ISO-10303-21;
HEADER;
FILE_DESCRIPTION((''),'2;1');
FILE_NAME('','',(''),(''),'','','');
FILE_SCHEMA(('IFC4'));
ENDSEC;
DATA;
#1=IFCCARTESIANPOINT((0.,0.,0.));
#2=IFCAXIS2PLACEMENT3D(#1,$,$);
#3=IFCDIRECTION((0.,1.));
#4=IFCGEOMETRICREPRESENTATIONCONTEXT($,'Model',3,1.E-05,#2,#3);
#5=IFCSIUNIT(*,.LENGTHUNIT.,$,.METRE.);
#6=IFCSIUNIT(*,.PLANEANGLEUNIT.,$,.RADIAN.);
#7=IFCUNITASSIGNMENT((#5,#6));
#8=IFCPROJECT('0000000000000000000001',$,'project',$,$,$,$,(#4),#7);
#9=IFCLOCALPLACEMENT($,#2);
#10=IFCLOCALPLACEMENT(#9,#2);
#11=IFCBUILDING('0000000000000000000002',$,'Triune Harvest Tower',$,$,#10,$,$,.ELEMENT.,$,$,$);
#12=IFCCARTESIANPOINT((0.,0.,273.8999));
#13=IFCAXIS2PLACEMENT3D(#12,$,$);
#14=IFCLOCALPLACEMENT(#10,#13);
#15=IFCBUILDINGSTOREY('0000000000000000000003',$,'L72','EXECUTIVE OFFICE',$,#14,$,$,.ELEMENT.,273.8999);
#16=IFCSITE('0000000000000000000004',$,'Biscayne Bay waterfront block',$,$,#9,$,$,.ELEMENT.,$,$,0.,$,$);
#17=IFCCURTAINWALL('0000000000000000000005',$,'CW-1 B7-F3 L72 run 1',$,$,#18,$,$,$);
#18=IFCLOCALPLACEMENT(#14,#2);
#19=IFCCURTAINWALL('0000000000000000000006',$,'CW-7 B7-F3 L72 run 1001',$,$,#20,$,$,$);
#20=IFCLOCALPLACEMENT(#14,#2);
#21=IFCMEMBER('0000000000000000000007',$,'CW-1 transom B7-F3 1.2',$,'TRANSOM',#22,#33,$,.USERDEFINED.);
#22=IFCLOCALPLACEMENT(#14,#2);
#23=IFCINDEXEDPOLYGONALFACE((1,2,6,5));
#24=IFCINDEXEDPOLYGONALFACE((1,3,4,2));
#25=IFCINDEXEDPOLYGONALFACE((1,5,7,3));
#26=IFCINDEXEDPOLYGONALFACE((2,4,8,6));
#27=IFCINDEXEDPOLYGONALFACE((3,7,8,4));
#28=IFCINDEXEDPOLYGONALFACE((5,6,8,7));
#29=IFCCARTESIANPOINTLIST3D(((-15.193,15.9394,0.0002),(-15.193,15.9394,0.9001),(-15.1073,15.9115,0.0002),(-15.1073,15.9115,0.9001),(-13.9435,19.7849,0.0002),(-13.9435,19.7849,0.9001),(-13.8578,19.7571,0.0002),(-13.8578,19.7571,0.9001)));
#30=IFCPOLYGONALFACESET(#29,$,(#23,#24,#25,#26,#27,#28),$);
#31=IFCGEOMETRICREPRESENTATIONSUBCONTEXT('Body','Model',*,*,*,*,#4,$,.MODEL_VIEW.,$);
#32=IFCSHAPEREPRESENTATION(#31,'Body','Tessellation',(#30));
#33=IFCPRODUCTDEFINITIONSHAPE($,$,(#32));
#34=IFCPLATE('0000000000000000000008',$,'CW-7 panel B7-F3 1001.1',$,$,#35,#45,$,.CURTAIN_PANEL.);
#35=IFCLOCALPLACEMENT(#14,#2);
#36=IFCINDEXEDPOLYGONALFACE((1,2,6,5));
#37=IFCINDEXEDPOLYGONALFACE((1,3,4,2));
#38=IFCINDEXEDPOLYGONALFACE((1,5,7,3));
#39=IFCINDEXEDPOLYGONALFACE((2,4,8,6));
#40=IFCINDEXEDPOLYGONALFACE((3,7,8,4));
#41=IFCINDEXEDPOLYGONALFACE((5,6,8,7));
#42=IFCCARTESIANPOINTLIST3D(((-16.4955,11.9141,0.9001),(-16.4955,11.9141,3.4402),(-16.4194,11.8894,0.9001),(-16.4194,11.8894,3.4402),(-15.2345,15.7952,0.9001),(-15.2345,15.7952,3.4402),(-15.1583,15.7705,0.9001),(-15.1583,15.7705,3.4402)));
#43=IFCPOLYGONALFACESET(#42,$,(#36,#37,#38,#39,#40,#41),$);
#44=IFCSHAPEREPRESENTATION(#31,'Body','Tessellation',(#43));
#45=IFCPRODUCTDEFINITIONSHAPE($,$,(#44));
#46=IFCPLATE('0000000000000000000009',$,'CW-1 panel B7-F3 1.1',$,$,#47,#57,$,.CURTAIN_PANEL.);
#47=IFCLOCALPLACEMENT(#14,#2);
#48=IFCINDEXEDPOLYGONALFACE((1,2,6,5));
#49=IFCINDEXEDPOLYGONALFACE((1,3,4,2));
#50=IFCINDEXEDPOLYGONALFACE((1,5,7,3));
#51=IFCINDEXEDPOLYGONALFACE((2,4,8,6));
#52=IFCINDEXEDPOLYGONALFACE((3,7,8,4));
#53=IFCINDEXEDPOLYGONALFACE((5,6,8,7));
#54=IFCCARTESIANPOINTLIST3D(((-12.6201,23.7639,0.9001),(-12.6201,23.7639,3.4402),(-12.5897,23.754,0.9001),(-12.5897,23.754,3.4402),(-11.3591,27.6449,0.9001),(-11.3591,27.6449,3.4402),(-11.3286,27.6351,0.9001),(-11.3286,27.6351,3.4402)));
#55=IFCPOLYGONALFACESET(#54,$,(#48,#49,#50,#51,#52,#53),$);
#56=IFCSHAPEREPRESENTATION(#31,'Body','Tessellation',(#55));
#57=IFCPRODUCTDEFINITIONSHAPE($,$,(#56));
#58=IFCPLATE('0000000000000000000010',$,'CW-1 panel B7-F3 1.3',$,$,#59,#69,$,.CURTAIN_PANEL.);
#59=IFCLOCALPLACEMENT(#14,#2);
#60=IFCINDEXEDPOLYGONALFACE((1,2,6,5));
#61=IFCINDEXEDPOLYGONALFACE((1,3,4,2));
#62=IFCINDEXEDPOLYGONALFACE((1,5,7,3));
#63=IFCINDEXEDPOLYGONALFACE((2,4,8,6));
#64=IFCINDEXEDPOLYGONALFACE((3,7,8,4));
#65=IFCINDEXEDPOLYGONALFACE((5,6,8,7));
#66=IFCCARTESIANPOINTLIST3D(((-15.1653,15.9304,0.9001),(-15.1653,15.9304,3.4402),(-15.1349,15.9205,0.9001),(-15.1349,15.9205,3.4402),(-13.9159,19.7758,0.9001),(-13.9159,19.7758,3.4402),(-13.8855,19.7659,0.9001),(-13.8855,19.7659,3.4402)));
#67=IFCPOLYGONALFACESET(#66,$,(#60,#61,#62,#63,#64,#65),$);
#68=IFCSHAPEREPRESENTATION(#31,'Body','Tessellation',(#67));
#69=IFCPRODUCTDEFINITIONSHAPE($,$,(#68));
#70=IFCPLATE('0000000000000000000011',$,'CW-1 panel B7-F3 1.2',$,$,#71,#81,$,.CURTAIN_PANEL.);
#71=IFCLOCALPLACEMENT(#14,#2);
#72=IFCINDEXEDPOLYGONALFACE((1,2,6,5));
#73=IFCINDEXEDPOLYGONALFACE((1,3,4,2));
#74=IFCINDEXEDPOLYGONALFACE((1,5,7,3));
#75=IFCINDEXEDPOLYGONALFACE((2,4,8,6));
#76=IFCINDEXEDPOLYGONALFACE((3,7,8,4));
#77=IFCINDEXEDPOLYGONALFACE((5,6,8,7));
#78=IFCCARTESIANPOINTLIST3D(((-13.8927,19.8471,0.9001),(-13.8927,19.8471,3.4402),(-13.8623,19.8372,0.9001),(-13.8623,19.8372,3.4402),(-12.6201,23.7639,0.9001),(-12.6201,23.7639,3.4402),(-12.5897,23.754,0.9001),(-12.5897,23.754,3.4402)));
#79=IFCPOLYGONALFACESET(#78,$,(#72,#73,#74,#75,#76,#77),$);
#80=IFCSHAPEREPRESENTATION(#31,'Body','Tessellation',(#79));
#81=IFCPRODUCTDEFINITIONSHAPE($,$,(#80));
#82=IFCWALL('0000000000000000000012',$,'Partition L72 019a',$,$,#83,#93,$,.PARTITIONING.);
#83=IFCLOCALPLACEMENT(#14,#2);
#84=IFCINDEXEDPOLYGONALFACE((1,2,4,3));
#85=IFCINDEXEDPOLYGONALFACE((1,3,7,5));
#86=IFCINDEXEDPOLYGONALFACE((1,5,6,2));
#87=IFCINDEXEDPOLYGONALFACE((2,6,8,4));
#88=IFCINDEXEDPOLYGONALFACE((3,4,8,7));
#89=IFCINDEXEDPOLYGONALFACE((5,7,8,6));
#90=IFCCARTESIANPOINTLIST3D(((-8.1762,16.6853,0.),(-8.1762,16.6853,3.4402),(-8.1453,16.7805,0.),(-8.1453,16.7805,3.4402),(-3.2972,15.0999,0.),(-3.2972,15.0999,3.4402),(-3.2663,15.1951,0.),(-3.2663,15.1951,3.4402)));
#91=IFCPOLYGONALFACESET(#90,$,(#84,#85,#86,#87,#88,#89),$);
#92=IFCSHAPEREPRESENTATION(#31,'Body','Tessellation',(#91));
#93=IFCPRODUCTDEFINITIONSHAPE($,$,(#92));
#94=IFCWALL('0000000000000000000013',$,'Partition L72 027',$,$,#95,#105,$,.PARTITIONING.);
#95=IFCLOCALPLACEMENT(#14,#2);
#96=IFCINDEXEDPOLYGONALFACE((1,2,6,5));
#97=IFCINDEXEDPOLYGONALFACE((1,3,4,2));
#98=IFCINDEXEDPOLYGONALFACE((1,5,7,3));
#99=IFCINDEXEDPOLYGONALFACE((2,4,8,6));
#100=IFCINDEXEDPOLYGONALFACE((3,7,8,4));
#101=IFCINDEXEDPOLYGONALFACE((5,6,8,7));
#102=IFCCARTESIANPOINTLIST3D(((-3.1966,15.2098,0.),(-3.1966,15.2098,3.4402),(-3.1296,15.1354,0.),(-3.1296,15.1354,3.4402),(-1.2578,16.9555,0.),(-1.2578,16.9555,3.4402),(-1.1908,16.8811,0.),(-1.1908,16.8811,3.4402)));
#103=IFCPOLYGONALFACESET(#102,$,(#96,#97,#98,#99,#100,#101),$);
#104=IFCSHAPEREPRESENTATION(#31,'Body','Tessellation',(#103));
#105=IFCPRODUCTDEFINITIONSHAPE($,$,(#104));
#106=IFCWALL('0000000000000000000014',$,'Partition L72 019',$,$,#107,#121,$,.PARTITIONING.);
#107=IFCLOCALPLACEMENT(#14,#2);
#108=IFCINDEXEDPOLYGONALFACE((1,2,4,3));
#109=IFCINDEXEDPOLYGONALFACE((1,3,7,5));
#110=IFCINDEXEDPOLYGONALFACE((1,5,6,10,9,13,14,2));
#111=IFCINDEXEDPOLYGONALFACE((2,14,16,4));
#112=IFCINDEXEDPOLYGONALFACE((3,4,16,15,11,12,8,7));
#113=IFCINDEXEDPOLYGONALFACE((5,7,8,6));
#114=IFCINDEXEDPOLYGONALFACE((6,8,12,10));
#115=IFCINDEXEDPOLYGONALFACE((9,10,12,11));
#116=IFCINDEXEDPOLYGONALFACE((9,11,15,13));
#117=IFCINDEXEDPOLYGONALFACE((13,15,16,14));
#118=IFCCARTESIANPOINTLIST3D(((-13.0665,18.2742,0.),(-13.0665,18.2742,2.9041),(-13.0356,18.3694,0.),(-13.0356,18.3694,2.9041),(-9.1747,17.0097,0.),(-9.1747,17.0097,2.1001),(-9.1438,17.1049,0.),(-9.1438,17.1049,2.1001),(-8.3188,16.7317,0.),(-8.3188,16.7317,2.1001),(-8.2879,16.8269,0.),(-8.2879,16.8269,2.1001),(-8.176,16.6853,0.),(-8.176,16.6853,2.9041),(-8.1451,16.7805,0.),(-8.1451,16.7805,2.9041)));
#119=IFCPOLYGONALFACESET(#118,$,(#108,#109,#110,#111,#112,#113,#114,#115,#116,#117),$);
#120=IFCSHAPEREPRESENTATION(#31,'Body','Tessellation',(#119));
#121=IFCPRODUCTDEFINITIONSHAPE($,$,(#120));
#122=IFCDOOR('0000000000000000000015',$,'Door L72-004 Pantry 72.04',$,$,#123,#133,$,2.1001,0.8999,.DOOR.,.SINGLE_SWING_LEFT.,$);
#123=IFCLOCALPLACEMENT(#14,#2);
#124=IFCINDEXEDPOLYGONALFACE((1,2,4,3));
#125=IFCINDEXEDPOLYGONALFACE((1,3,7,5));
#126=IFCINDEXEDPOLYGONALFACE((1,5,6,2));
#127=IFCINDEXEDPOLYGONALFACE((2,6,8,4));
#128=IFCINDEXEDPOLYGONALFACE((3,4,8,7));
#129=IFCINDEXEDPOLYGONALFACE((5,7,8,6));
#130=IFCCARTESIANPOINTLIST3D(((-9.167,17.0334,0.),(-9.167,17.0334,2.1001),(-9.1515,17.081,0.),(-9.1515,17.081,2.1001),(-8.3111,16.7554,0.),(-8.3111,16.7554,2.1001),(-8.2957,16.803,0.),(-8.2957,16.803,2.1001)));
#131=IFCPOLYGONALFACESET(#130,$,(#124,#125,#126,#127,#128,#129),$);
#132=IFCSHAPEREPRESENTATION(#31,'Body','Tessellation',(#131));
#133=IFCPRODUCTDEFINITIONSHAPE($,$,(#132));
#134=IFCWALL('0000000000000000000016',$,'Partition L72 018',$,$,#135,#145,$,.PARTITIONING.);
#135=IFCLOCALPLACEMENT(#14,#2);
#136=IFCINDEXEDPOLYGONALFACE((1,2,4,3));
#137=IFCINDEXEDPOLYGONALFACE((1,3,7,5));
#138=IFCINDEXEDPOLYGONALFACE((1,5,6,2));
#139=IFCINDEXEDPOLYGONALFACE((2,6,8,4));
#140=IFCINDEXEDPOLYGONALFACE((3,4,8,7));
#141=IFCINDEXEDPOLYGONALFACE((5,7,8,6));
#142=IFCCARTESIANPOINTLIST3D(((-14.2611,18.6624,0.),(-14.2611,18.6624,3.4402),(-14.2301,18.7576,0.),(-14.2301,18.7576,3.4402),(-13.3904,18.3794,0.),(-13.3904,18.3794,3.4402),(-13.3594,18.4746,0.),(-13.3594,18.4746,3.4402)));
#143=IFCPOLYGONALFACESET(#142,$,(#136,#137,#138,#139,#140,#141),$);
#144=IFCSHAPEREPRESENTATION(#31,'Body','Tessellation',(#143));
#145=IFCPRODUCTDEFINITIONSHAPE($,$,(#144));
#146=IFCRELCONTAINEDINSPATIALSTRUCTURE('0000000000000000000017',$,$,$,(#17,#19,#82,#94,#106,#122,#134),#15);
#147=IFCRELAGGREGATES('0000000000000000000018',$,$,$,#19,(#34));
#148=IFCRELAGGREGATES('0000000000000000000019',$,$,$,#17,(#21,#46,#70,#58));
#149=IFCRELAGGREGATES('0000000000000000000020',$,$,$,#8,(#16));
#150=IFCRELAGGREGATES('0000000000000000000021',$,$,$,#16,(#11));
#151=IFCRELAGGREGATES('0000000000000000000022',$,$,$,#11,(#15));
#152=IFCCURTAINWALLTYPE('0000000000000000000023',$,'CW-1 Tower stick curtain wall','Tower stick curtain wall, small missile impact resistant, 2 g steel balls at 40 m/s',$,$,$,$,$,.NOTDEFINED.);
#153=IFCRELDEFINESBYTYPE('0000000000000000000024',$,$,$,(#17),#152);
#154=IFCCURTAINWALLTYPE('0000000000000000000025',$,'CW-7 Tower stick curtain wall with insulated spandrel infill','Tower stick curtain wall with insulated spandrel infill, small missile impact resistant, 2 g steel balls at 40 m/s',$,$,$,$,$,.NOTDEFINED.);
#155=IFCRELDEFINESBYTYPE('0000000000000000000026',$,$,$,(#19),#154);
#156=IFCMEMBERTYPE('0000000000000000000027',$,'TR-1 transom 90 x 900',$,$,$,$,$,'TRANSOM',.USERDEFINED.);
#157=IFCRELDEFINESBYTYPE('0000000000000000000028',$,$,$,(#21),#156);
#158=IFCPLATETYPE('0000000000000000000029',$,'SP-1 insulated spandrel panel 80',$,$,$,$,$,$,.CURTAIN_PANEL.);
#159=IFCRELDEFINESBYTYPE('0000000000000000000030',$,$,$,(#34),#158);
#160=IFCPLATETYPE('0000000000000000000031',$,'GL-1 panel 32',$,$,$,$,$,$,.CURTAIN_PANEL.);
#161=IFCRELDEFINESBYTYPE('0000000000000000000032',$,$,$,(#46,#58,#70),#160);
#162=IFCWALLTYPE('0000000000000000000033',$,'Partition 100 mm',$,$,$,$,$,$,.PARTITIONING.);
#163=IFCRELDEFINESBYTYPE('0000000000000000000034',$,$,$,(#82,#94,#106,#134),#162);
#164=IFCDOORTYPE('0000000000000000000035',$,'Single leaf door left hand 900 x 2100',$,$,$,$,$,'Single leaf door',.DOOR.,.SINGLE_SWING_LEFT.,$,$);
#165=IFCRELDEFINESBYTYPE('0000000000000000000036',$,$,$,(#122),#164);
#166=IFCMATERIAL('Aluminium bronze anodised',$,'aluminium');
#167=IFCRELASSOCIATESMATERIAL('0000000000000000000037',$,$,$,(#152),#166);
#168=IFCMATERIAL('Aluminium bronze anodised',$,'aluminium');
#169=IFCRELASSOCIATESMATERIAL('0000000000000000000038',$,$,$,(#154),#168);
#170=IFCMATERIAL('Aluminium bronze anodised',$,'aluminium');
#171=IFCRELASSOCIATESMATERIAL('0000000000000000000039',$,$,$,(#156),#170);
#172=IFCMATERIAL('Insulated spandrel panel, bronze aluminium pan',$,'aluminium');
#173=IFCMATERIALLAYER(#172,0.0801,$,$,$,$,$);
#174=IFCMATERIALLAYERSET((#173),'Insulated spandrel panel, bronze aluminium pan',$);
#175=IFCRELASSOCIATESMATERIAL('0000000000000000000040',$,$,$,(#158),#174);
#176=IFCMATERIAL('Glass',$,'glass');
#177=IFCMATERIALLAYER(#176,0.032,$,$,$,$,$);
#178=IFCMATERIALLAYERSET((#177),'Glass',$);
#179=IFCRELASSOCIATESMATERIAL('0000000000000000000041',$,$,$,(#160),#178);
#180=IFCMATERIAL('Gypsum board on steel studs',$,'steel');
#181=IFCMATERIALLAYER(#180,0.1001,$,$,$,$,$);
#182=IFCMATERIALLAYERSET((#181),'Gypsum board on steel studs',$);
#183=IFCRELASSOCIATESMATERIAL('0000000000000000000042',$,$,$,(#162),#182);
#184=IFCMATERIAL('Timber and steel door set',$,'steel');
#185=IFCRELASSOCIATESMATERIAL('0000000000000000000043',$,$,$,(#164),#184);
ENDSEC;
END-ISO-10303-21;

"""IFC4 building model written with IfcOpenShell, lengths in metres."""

from ifc_helpers import new_model, si_unit, direction, frame, frame_2d, origin, origin_2d, place, context, subcontext, project, spatial, rectangle, extrude, source, transform, mapped, material, layer, layer_set, material_profile, profile_set, type_object, element, fill, aggregate, save


model = new_model("IFC4")

# Units and contexts
model_context = context("Model", 3, precision=1e-05, world=origin(), true_north=direction((0.0, 1.0)))
body_context = subcontext(model_context, "Body", "Model", "MODEL_VIEW")
ifc_project = project(units=[si_unit("LENGTHUNIT", "METRE"), si_unit("PLANEANGLEUNIT", "RADIAN")], contexts=[model_context])

# Site, building, storey
site_placement = place(None, origin())
site = spatial("IfcSite", under=ifc_project, at=site_placement, Name="Biscayne Bay waterfront block", CompositionType="ELEMENT", RefElevation=0.0)
building_placement = place(site_placement, origin())
building = spatial("IfcBuilding", under=site, at=building_placement, Name="Triune Harvest Tower", CompositionType="ELEMENT")
storey_placement = place(building_placement, frame((0.0, 0.0, 273.8999)))
storey = spatial("IfcBuildingStorey", under=building, at=storey_placement, Name="L72", Description="EXECUTIVE OFFICE", CompositionType="ELEMENT", Elevation=273.8999)

# Curtain walls
ifc_material_1 = material(Name="Aluminium bronze anodised", Category="aluminium")
curtain_wall_type_1 = type_object("IfcCurtainWallType", Name="CW-1 Tower stick curtain wall", Description="Tower stick curtain wall, small missile impact resistant, 2 g steel balls at 40 m/s", PredefinedType="NOTDEFINED", material=ifc_material_1)
curtain_wall_1_placement = place(storey_placement, origin())
curtain_wall_1 = element("IfcCurtainWall", 1, at=curtain_wall_1_placement, inside=storey, type_object=curtain_wall_type_1, Name="CW-1 B7-F3 L72 run 1")
ifc_material_2 = material(Name="Aluminium bronze anodised", Category="aluminium")
curtain_wall_type_2 = type_object("IfcCurtainWallType", Name="CW-7 Tower stick curtain wall with insulated spandrel infill", Description="Tower stick curtain wall with insulated spandrel infill, small missile impact resistant, 2 g steel balls at 40 m/s", PredefinedType="NOTDEFINED", material=ifc_material_2)
curtain_wall_2_placement = place(storey_placement, origin())
curtain_wall_2 = element("IfcCurtainWall", 2, at=curtain_wall_2_placement, inside=storey, type_object=curtain_wall_type_2, Name="CW-7 B7-F3 L72 run 1001")
ifc_material_3 = material(Name="Aluminium bronze anodised", Category="aluminium")
ifc_material_profile_1 = material_profile(ifc_material_3, rectangle(XDim=0.0901, YDim=0.8999, at=origin_2d()), Name="TR-1 transom 90 x 900")
ifc_profile_set_1 = profile_set([ifc_material_profile_1], Name="Aluminium bronze anodised")
member_type_1 = type_object("IfcMemberType", Name="TR-1 transom 90 x 900", ElementType="TRANSOM", PredefinedType="USERDEFINED", material=ifc_profile_set_1)

# Member
shared_shape_1 = source(origin(), body_context, "Body", "SweptSolid", [
    extrude(rectangle(XDim=0.0901, YDim=0.8999, at=origin_2d()), origin(), (0.0, 0.0, 1.0), 4.0435),
])
member_1_placement = place(storey_placement, frame((-13.9006, 19.771, 0.4502), z_axis=(-0.309027, -0.951053, 0.0), x_axis=(0.951053, -0.309027, 0.0)))
member_1 = element("IfcMember", 3, at=member_1_placement, type_object=member_type_1, Name="CW-1 transom B7-F3 1.2", ObjectType="TRANSOM", PredefinedType="USERDEFINED", context=body_context, shape_type="MappedRepresentation", body=[
    mapped(shared_shape_1, transform((0.0, 0.0, 0.0), scale=1.0)),
])

# Plates
ifc_material_4 = material(Name="Insulated spandrel panel, bronze aluminium pan", Category="aluminium")
ifc_layer_1 = layer(ifc_material_4, 0.0801)
ifc_layer_set_1 = layer_set([ifc_layer_1], Name="Insulated spandrel panel, bronze aluminium pan")
plate_type_1 = type_object("IfcPlateType", Name="SP-1 insulated spandrel panel 80", PredefinedType="CURTAIN_PANEL", material=ifc_layer_set_1)
shared_shape_2 = source(origin(), body_context, "Body", "SweptSolid", [
    extrude(rectangle(XDim=4.0808, YDim=0.0801, at=origin_2d()), origin(), (0.0, 0.0, 1.0), 2.54),
])
plate_1_placement = place(storey_placement, frame((-15.8269, 13.8423, 0.9001), z_axis=(0.0, 0.0, 1.0), x_axis=(-0.30902, -0.951056, 0.0)))
plate_1 = element("IfcPlate", 4, at=plate_1_placement, type_object=plate_type_1, Name="CW-7 panel B7-F3 1001.1", PredefinedType="CURTAIN_PANEL", context=body_context, shape_type="MappedRepresentation", body=[
    mapped(shared_shape_2, transform((0.0, 0.0, 0.0), scale=1.0)),
])
aggregate(curtain_wall_2, [plate_1])
ifc_material_5 = material(Name="Glass", Category="glass")
ifc_layer_2 = layer(ifc_material_5, 0.032)
ifc_layer_set_2 = layer_set([ifc_layer_2], Name="Glass")
plate_type_2 = type_object("IfcPlateType", Name="GL-1 panel 32", PredefinedType="CURTAIN_PANEL", material=ifc_layer_set_2)
shared_shape_3 = source(origin(), body_context, "Body", "SweptSolid", [
    extrude(rectangle(XDim=4.0808, YDim=0.032, at=origin_2d()), origin(), (0.0, 0.0, 1.0), 2.54),
])
plate_2_placement = place(storey_placement, frame((-11.9744, 25.6995, 0.9001), z_axis=(0.0, 0.0, 1.0), x_axis=(-0.309013, -0.951058, 0.0)))
plate_2 = element("IfcPlate", 5, at=plate_2_placement, type_object=plate_type_2, Name="CW-1 panel B7-F3 1.1", PredefinedType="CURTAIN_PANEL", context=body_context, shape_type="MappedRepresentation", body=[
    mapped(shared_shape_3, transform((0.0, 0.0, 0.0), scale=1.0)),
])
shared_shape_4 = source(origin(), body_context, "Body", "SweptSolid", [
    extrude(rectangle(XDim=4.0432, YDim=0.032, at=origin_2d()), origin(), (0.0, 0.0, 1.0), 2.54),
])
plate_3_placement = place(storey_placement, frame((-14.5254, 17.8481, 0.9001), z_axis=(0.0, 0.0, 1.0), x_axis=(-0.309013, -0.951058, 0.0)))
plate_3 = element("IfcPlate", 6, at=plate_3_placement, type_object=plate_type_2, Name="CW-1 panel B7-F3 1.3", PredefinedType="CURTAIN_PANEL", context=body_context, shape_type="MappedRepresentation", body=[
    mapped(shared_shape_4, transform((0.0, 0.0, 0.0), scale=1.0)),
])
shared_shape_5 = source(origin(), body_context, "Body", "SweptSolid", [
    extrude(rectangle(XDim=4.1184, YDim=0.032, at=origin_2d()), origin(), (0.0, 0.0, 1.0), 2.54),
])
plate_4_placement = place(storey_placement, frame((-13.2412, 21.8005, 0.9001), z_axis=(0.0, 0.0, 1.0), x_axis=(-0.309013, -0.951058, 0.0)))
plate_4 = element("IfcPlate", 7, at=plate_4_placement, type_object=plate_type_2, Name="CW-1 panel B7-F3 1.2", PredefinedType="CURTAIN_PANEL", context=body_context, shape_type="MappedRepresentation", body=[
    mapped(shared_shape_5, transform((0.0, 0.0, 0.0), scale=1.0)),
])
aggregate(curtain_wall_1, [member_1, plate_2, plate_4, plate_3])

# Walls
ifc_material_6 = material(Name="Gypsum board on steel studs", Category="steel")
ifc_layer_3 = layer(ifc_material_6, 0.1001)
ifc_layer_set_3 = layer_set([ifc_layer_3], Name="Gypsum board on steel studs")
wall_type_1 = type_object("IfcWallType", Name="Partition 100 mm", PredefinedType="PARTITIONING", material=ifc_layer_set_3)
wall_1_placement = place(storey_placement, frame((-8.1606, 16.7329, 0.0), z_axis=(0.0, 0.0, 1.0), x_axis=(0.951045, -0.309052, 0.0)))
element("IfcWall", 8, at=wall_1_placement, inside=storey, type_object=wall_type_1, Name="Partition L72 019a", PredefinedType="PARTITIONING", context=body_context, shape_type="SweptSolid", body=[
    extrude(rectangle(XDim=5.1301, YDim=0.1001, at=frame_2d((2.5649, 0.0))), origin(), (0.0, 0.0, 1.0), 3.4402),
])
wall_2_placement = place(storey_placement, frame((-3.1631, 15.1726, 0.0), z_axis=(0.0, 0.0, 1.0), x_axis=(0.74315, 0.669125, 0.0)))
element("IfcWall", 9, at=wall_2_placement, inside=storey, type_object=wall_type_1, Name="Partition L72 027", PredefinedType="PARTITIONING", context=body_context, shape_type="SweptSolid", body=[
    extrude(rectangle(XDim=2.6089, YDim=0.1001, at=frame_2d((1.3044, 0.0))), origin(), (0.0, 0.0, 1.0), 3.4402),
])

# Wall, opening, door
shared_shape_6 = source(origin(), body_context, "Body", "SweptSolid", [
    extrude(rectangle(XDim=5.1421, YDim=0.1001, at=frame_2d((2.571, 0.0))), origin(), (0.0, 0.0, 1.0), 2.9041),
])
wall_3_placement = place(storey_placement, frame((-13.051, 18.3218, 0.0), z_axis=(0.0, 0.0, 1.0), x_axis=(0.951063, -0.308997, 0.0)))
wall_3 = element("IfcWall", 10, at=wall_3_placement, inside=storey, type_object=wall_type_1, Name="Partition L72 019", PredefinedType="PARTITIONING", context=body_context, shape_type="MappedRepresentation", body=[
    mapped(shared_shape_6, transform((0.0, 0.0, 0.0), scale=1.0)),
])
opening_1_placement = place(wall_3_placement, frame((4.092, 0.0, 0.0)))
opening_1 = element("IfcOpeningElement", 11, at=opening_1_placement, cuts=wall_3, PredefinedType="OPENING", context=body_context, shape_type="SweptSolid", body=[
    extrude(rectangle(XDim=0.8999, YDim=2.1001, at=frame_2d((0.45, 1.05))), frame((0.0, 0.0601, 0.0), z_axis=(0.0, -1.0, 0.0), x_axis=(1.0, 0.0, 0.0)), (0.0, 0.0, 1.0), 0.1201),
])
ifc_material_7 = material(Name="Timber and steel door set", Category="steel")
door_type_1 = type_object("IfcDoorType", Name="Single leaf door left hand 900 x 2100", ElementType="Single leaf door", OperationType="SINGLE_SWING_LEFT", PredefinedType="DOOR", material=ifc_material_7)
door_1_placement = place(opening_1_placement, origin())
door_1 = element("IfcDoor", 12, at=door_1_placement, inside=storey, type_object=door_type_1, Name="Door L72-004 Pantry 72.04", OperationType="SINGLE_SWING_LEFT", OverallHeight=2.1001, OverallWidth=0.8999, PredefinedType="DOOR", context=body_context, shape_type="SweptSolid", body=[
    extrude(rectangle(XDim=0.8999, YDim=2.1001, at=frame_2d((0.45, 1.05))), frame((0.0, 0.0249, 0.0), z_axis=(0.0, -1.0, 0.0), x_axis=(1.0, 0.0, 0.0)), (0.0, 0.0, 1.0), 0.05),
])
fill(opening_1, door_1)

# Wall
shared_shape_7 = source(origin(), body_context, "Body", "SweptSolid", [
    extrude(rectangle(XDim=0.9155, YDim=0.1001, at=frame_2d((0.4578, 0.0))), origin(), (0.0, 0.0, 1.0), 3.4402),
])
wall_4_placement = place(storey_placement, frame((-14.2456, 18.71, 0.0), z_axis=(0.0, 0.0, 1.0), x_axis=(0.95103, -0.309098, 0.0)))
element("IfcWall", 13, at=wall_4_placement, inside=storey, type_object=wall_type_1, Name="Partition L72 018", PredefinedType="PARTITIONING", context=body_context, shape_type="MappedRepresentation", body=[
    mapped(shared_shape_7, transform((0.0, 0.0, 0.0), scale=1.0)),
])

save(model, "model.ifc")
